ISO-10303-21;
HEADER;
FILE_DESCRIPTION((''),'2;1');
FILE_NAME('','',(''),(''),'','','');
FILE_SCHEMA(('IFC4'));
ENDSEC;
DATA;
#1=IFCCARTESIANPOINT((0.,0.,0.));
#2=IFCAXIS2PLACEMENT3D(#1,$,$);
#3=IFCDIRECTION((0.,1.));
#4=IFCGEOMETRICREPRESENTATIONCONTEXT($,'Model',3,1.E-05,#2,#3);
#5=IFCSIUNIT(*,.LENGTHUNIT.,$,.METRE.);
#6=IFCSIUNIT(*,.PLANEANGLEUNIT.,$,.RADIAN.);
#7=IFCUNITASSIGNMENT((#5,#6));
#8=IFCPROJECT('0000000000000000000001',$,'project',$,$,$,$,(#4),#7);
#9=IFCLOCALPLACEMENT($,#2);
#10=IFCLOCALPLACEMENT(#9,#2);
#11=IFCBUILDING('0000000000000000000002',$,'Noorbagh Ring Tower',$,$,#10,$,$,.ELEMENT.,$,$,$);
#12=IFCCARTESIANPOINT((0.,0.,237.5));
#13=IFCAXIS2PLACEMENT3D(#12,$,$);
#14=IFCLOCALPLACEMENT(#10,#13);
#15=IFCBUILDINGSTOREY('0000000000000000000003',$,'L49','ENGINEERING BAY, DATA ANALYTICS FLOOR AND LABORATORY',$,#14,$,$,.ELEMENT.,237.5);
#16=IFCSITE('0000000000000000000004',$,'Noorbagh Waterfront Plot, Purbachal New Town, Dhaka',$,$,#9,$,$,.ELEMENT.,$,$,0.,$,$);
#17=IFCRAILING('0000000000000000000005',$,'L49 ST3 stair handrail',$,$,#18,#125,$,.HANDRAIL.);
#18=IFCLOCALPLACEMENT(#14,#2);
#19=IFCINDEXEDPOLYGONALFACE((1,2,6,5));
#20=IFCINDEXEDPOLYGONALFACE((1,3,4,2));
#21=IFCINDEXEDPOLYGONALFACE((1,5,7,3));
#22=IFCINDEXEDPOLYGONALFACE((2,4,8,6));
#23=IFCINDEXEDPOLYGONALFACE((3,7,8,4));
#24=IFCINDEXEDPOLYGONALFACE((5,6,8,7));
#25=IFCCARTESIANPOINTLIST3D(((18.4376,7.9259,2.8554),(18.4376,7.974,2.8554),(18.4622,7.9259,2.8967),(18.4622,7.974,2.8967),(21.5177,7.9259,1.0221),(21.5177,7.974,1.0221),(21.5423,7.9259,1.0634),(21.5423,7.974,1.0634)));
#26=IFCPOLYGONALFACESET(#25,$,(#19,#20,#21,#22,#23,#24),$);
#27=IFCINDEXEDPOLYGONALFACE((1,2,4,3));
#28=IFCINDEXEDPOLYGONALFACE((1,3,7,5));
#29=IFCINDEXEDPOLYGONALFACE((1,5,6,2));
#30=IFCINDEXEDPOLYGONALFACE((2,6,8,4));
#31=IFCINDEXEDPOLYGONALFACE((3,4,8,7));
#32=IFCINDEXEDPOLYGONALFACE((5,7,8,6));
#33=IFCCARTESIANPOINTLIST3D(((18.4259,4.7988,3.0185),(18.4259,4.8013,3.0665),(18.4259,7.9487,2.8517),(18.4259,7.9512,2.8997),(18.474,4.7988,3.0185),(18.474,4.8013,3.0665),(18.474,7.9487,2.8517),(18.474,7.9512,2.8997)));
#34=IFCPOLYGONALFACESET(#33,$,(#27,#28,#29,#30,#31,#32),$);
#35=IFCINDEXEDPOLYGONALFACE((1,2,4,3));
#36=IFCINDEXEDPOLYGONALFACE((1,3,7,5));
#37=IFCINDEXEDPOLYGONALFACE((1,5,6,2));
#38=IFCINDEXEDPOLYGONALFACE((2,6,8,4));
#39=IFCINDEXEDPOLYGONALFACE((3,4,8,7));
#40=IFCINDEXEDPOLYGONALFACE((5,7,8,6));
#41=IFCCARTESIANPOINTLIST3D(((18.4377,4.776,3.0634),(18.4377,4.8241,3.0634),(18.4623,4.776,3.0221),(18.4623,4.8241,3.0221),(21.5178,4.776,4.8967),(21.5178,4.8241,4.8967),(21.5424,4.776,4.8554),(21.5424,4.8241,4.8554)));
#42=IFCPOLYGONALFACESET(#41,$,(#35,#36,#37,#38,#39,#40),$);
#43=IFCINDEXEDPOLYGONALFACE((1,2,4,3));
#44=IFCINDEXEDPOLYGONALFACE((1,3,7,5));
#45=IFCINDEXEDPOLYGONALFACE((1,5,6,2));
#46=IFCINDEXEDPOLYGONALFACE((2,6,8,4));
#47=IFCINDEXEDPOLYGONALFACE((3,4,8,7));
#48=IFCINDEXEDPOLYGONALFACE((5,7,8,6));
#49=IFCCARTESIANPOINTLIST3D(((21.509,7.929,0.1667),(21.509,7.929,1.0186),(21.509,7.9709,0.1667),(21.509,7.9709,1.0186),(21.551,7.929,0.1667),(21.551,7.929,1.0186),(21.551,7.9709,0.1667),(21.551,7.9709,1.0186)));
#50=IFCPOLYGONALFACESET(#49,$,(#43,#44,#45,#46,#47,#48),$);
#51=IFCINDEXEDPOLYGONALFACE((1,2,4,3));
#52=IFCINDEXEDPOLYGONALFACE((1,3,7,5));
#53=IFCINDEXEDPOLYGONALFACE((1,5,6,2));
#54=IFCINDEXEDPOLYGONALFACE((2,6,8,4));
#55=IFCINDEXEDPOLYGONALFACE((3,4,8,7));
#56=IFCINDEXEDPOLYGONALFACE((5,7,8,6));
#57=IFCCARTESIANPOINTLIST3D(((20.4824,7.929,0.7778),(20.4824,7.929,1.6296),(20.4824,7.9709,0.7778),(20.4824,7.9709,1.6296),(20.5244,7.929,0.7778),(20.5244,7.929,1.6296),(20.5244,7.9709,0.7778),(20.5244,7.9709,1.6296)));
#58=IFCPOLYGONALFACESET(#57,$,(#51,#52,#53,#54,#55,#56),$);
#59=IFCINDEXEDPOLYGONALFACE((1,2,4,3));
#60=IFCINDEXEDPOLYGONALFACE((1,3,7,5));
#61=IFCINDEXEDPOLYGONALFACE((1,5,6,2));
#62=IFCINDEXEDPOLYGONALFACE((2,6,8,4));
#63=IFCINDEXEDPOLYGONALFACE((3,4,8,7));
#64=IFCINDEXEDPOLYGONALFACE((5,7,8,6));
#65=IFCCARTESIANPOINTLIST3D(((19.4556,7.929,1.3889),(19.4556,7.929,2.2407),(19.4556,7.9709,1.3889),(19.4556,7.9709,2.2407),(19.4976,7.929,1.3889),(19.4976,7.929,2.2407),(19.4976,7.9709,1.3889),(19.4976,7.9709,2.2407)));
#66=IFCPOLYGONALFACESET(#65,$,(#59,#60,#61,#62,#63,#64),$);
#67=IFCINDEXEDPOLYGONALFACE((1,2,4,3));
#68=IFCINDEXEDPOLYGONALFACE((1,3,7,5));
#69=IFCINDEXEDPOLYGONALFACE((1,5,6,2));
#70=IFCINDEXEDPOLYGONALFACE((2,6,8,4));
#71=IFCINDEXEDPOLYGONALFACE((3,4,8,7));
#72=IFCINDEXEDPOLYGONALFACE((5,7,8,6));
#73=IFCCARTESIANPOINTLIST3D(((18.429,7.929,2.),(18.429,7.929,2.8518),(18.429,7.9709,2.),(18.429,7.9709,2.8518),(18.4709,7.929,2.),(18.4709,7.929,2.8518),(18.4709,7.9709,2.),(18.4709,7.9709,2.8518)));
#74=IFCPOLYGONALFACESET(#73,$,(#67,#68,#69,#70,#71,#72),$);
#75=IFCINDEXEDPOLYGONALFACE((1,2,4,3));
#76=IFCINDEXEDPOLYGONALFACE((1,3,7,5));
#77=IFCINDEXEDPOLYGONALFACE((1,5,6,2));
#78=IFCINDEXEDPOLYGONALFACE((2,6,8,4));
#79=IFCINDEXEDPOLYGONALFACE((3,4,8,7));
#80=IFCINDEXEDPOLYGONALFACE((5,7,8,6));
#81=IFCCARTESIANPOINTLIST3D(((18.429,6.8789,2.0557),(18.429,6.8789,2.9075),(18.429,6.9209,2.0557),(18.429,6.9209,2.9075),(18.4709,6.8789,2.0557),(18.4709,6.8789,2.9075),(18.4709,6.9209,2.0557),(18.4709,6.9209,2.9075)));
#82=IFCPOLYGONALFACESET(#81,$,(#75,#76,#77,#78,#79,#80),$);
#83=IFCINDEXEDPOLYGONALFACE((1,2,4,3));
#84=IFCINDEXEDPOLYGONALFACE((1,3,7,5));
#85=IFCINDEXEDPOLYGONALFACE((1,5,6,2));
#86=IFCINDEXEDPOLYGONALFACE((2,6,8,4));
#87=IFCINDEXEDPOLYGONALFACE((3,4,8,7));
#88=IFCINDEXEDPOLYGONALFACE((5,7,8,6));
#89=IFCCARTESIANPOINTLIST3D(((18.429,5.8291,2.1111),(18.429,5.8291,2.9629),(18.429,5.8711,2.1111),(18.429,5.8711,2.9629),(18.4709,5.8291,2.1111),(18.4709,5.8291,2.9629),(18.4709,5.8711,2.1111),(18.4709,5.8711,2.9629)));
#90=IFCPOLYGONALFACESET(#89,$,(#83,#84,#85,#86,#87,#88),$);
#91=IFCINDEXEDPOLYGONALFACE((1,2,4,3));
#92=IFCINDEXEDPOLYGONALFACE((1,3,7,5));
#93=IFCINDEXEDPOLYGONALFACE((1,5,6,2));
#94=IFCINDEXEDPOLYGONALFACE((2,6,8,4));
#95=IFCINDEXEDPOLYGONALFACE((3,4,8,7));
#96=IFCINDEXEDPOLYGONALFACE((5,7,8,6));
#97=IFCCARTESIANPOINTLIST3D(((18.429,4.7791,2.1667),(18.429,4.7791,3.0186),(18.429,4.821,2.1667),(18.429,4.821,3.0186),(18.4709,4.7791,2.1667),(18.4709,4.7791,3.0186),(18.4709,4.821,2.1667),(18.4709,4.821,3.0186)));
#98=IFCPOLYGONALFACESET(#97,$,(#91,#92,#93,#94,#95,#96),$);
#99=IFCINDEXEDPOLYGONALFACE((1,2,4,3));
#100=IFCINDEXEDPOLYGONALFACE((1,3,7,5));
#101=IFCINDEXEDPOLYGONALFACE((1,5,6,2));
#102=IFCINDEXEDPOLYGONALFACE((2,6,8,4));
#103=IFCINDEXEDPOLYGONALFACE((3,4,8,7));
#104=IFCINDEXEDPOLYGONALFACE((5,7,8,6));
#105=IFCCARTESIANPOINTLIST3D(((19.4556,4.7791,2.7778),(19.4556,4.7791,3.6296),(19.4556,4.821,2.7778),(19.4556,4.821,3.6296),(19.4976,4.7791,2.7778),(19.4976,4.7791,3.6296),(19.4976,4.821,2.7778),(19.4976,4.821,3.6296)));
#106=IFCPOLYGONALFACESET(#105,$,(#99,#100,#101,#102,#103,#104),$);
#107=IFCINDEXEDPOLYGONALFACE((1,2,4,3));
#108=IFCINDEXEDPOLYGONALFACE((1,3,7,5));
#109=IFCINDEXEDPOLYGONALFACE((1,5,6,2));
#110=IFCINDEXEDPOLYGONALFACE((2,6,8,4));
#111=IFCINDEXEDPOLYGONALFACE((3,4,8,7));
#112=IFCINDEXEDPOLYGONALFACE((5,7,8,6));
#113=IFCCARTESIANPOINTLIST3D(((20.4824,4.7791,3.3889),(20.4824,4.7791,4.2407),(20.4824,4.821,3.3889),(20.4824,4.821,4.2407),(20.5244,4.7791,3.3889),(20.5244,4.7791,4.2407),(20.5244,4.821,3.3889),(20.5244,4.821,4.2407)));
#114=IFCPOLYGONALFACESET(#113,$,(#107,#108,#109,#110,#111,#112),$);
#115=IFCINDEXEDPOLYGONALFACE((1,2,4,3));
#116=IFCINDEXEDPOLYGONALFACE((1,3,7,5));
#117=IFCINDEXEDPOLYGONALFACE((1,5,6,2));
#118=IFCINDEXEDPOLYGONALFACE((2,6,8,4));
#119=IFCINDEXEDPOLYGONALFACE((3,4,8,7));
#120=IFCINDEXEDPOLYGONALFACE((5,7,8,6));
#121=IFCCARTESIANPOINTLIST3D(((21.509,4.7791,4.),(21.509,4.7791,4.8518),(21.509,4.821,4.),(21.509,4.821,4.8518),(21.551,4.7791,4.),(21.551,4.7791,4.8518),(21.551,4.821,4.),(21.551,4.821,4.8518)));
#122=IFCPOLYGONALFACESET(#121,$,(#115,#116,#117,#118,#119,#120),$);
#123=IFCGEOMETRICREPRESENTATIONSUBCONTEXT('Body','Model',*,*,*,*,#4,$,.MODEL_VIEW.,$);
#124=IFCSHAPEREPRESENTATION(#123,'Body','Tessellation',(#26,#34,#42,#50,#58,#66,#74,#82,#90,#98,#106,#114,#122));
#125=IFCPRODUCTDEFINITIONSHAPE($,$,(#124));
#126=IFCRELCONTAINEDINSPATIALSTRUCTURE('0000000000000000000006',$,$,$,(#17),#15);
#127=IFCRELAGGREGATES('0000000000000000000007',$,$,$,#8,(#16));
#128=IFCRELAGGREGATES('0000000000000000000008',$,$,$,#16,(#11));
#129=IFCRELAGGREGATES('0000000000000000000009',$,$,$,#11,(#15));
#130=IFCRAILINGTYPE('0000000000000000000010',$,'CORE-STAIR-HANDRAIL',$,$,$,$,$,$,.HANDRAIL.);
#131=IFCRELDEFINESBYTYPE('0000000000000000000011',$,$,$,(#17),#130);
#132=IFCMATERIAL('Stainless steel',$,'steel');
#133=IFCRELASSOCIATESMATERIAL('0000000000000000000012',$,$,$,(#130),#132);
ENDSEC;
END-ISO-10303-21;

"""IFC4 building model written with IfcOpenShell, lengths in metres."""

from ifc_helpers import new_model, si_unit, direction, frame, origin, origin_2d, place, context, subcontext, project, spatial, rectangle, extrude, material, type_object, element, save


model = new_model("IFC4")

# Units and contexts
model_context = context("Model", 3, precision=1e-05, world=origin(), true_north=direction((0.0, 1.0)))
body_context = subcontext(model_context, "Body", "Model", "MODEL_VIEW")
ifc_project = project(units=[si_unit("LENGTHUNIT", "METRE"), si_unit("PLANEANGLEUNIT", "RADIAN")], contexts=[model_context])

# Site, building, storey
site_placement = place(None, origin())
site = spatial("IfcSite", under=ifc_project, at=site_placement, Name="Noorbagh Waterfront Plot, Purbachal New Town, Dhaka", CompositionType="ELEMENT", RefElevation=0.0)
building_placement = place(site_placement, origin())
building = spatial("IfcBuilding", under=site, at=building_placement, Name="Noorbagh Ring Tower", CompositionType="ELEMENT")
storey_placement = place(building_placement, frame((0.0, 0.0, 237.5)))
storey = spatial("IfcBuildingStorey", under=building, at=storey_placement, Name="L49", Description="ENGINEERING BAY, DATA ANALYTICS FLOOR AND LABORATORY", CompositionType="ELEMENT", Elevation=237.5)

# Railing
ifc_material_1 = material(Name="Stainless steel", Category="steel")
railing_type_1 = type_object("IfcRailingType", Name="CORE-STAIR-HANDRAIL", PredefinedType="HANDRAIL", material=ifc_material_1)
railing_1_placement = place(storey_placement, frame((21.53, 7.95, 0.1667)))
element("IfcRailing", 1, at=railing_1_placement, inside=storey, type_object=railing_type_1, Name="L49 ST3 stair handrail", PredefinedType="HANDRAIL", context=body_context, shape_type="SweptSolid", body=[
    extrude(rectangle(XDim=0.0481, YDim=0.0481, at=origin_2d()), frame((0.0, 0.0, 0.876), z_axis=(-0.859309, 0.0, 0.511458), x_axis=(0.0, -1.0, 0.0)), (0.0, 0.0, 1.0), 3.5845),
    extrude(rectangle(XDim=0.0481, YDim=0.0481, at=origin_2d()), frame((-3.0801, 0.0, 2.709), z_axis=(0.0, -0.998602, 0.052864), x_axis=(1.0, 0.0, 0.0)), (0.0, 0.0, 1.0), 3.1543),
    extrude(rectangle(XDim=0.0481, YDim=0.0481, at=origin_2d()), frame((-3.0801, -3.1499, 2.876), z_axis=(0.859309, 0.0, 0.511458), x_axis=(0.0, 1.0, 0.0)), (0.0, 0.0, 1.0), 3.5845),
    extrude(rectangle(XDim=0.042, YDim=0.042, at=origin_2d()), origin(), (0.0, 0.0, 1.0), 0.8518),
    extrude(rectangle(XDim=0.042, YDim=0.042, at=origin_2d()), frame((-1.0266, 0.0, 0.6111)), (0.0, 0.0, 1.0), 0.8518),
    extrude(rectangle(XDim=0.042, YDim=0.042, at=origin_2d()), frame((-2.0535, 0.0, 1.2222)), (0.0, 0.0, 1.0), 0.8518),
    extrude(rectangle(XDim=0.042, YDim=0.042, at=origin_2d()), frame((-3.0801, 0.0, 1.8333)), (0.0, 0.0, 1.0), 0.8518),
    extrude(rectangle(XDim=0.042, YDim=0.042, at=origin_2d()), frame((-3.0801, -1.05, 1.8889)), (0.0, 0.0, 1.0), 0.8518),
    extrude(rectangle(XDim=0.042, YDim=0.042, at=origin_2d()), frame((-3.0801, -2.0999, 1.9443)), (0.0, 0.0, 1.0), 0.8518),
    extrude(rectangle(XDim=0.042, YDim=0.042, at=origin_2d()), frame((-3.0801, -3.1499, 2.0)), (0.0, 0.0, 1.0), 0.8518),
    extrude(rectangle(XDim=0.042, YDim=0.042, at=origin_2d()), frame((-2.0535, -3.1499, 2.6111)), (0.0, 0.0, 1.0), 0.8518),
    extrude(rectangle(XDim=0.042, YDim=0.042, at=origin_2d()), frame((-1.0266, -3.1499, 3.2222)), (0.0, 0.0, 1.0), 0.8518),
    extrude(rectangle(XDim=0.042, YDim=0.042, at=origin_2d()), frame((0.0, -3.1499, 3.8333)), (0.0, 0.0, 1.0), 0.8518),
])

save(model, "model.ifc")
